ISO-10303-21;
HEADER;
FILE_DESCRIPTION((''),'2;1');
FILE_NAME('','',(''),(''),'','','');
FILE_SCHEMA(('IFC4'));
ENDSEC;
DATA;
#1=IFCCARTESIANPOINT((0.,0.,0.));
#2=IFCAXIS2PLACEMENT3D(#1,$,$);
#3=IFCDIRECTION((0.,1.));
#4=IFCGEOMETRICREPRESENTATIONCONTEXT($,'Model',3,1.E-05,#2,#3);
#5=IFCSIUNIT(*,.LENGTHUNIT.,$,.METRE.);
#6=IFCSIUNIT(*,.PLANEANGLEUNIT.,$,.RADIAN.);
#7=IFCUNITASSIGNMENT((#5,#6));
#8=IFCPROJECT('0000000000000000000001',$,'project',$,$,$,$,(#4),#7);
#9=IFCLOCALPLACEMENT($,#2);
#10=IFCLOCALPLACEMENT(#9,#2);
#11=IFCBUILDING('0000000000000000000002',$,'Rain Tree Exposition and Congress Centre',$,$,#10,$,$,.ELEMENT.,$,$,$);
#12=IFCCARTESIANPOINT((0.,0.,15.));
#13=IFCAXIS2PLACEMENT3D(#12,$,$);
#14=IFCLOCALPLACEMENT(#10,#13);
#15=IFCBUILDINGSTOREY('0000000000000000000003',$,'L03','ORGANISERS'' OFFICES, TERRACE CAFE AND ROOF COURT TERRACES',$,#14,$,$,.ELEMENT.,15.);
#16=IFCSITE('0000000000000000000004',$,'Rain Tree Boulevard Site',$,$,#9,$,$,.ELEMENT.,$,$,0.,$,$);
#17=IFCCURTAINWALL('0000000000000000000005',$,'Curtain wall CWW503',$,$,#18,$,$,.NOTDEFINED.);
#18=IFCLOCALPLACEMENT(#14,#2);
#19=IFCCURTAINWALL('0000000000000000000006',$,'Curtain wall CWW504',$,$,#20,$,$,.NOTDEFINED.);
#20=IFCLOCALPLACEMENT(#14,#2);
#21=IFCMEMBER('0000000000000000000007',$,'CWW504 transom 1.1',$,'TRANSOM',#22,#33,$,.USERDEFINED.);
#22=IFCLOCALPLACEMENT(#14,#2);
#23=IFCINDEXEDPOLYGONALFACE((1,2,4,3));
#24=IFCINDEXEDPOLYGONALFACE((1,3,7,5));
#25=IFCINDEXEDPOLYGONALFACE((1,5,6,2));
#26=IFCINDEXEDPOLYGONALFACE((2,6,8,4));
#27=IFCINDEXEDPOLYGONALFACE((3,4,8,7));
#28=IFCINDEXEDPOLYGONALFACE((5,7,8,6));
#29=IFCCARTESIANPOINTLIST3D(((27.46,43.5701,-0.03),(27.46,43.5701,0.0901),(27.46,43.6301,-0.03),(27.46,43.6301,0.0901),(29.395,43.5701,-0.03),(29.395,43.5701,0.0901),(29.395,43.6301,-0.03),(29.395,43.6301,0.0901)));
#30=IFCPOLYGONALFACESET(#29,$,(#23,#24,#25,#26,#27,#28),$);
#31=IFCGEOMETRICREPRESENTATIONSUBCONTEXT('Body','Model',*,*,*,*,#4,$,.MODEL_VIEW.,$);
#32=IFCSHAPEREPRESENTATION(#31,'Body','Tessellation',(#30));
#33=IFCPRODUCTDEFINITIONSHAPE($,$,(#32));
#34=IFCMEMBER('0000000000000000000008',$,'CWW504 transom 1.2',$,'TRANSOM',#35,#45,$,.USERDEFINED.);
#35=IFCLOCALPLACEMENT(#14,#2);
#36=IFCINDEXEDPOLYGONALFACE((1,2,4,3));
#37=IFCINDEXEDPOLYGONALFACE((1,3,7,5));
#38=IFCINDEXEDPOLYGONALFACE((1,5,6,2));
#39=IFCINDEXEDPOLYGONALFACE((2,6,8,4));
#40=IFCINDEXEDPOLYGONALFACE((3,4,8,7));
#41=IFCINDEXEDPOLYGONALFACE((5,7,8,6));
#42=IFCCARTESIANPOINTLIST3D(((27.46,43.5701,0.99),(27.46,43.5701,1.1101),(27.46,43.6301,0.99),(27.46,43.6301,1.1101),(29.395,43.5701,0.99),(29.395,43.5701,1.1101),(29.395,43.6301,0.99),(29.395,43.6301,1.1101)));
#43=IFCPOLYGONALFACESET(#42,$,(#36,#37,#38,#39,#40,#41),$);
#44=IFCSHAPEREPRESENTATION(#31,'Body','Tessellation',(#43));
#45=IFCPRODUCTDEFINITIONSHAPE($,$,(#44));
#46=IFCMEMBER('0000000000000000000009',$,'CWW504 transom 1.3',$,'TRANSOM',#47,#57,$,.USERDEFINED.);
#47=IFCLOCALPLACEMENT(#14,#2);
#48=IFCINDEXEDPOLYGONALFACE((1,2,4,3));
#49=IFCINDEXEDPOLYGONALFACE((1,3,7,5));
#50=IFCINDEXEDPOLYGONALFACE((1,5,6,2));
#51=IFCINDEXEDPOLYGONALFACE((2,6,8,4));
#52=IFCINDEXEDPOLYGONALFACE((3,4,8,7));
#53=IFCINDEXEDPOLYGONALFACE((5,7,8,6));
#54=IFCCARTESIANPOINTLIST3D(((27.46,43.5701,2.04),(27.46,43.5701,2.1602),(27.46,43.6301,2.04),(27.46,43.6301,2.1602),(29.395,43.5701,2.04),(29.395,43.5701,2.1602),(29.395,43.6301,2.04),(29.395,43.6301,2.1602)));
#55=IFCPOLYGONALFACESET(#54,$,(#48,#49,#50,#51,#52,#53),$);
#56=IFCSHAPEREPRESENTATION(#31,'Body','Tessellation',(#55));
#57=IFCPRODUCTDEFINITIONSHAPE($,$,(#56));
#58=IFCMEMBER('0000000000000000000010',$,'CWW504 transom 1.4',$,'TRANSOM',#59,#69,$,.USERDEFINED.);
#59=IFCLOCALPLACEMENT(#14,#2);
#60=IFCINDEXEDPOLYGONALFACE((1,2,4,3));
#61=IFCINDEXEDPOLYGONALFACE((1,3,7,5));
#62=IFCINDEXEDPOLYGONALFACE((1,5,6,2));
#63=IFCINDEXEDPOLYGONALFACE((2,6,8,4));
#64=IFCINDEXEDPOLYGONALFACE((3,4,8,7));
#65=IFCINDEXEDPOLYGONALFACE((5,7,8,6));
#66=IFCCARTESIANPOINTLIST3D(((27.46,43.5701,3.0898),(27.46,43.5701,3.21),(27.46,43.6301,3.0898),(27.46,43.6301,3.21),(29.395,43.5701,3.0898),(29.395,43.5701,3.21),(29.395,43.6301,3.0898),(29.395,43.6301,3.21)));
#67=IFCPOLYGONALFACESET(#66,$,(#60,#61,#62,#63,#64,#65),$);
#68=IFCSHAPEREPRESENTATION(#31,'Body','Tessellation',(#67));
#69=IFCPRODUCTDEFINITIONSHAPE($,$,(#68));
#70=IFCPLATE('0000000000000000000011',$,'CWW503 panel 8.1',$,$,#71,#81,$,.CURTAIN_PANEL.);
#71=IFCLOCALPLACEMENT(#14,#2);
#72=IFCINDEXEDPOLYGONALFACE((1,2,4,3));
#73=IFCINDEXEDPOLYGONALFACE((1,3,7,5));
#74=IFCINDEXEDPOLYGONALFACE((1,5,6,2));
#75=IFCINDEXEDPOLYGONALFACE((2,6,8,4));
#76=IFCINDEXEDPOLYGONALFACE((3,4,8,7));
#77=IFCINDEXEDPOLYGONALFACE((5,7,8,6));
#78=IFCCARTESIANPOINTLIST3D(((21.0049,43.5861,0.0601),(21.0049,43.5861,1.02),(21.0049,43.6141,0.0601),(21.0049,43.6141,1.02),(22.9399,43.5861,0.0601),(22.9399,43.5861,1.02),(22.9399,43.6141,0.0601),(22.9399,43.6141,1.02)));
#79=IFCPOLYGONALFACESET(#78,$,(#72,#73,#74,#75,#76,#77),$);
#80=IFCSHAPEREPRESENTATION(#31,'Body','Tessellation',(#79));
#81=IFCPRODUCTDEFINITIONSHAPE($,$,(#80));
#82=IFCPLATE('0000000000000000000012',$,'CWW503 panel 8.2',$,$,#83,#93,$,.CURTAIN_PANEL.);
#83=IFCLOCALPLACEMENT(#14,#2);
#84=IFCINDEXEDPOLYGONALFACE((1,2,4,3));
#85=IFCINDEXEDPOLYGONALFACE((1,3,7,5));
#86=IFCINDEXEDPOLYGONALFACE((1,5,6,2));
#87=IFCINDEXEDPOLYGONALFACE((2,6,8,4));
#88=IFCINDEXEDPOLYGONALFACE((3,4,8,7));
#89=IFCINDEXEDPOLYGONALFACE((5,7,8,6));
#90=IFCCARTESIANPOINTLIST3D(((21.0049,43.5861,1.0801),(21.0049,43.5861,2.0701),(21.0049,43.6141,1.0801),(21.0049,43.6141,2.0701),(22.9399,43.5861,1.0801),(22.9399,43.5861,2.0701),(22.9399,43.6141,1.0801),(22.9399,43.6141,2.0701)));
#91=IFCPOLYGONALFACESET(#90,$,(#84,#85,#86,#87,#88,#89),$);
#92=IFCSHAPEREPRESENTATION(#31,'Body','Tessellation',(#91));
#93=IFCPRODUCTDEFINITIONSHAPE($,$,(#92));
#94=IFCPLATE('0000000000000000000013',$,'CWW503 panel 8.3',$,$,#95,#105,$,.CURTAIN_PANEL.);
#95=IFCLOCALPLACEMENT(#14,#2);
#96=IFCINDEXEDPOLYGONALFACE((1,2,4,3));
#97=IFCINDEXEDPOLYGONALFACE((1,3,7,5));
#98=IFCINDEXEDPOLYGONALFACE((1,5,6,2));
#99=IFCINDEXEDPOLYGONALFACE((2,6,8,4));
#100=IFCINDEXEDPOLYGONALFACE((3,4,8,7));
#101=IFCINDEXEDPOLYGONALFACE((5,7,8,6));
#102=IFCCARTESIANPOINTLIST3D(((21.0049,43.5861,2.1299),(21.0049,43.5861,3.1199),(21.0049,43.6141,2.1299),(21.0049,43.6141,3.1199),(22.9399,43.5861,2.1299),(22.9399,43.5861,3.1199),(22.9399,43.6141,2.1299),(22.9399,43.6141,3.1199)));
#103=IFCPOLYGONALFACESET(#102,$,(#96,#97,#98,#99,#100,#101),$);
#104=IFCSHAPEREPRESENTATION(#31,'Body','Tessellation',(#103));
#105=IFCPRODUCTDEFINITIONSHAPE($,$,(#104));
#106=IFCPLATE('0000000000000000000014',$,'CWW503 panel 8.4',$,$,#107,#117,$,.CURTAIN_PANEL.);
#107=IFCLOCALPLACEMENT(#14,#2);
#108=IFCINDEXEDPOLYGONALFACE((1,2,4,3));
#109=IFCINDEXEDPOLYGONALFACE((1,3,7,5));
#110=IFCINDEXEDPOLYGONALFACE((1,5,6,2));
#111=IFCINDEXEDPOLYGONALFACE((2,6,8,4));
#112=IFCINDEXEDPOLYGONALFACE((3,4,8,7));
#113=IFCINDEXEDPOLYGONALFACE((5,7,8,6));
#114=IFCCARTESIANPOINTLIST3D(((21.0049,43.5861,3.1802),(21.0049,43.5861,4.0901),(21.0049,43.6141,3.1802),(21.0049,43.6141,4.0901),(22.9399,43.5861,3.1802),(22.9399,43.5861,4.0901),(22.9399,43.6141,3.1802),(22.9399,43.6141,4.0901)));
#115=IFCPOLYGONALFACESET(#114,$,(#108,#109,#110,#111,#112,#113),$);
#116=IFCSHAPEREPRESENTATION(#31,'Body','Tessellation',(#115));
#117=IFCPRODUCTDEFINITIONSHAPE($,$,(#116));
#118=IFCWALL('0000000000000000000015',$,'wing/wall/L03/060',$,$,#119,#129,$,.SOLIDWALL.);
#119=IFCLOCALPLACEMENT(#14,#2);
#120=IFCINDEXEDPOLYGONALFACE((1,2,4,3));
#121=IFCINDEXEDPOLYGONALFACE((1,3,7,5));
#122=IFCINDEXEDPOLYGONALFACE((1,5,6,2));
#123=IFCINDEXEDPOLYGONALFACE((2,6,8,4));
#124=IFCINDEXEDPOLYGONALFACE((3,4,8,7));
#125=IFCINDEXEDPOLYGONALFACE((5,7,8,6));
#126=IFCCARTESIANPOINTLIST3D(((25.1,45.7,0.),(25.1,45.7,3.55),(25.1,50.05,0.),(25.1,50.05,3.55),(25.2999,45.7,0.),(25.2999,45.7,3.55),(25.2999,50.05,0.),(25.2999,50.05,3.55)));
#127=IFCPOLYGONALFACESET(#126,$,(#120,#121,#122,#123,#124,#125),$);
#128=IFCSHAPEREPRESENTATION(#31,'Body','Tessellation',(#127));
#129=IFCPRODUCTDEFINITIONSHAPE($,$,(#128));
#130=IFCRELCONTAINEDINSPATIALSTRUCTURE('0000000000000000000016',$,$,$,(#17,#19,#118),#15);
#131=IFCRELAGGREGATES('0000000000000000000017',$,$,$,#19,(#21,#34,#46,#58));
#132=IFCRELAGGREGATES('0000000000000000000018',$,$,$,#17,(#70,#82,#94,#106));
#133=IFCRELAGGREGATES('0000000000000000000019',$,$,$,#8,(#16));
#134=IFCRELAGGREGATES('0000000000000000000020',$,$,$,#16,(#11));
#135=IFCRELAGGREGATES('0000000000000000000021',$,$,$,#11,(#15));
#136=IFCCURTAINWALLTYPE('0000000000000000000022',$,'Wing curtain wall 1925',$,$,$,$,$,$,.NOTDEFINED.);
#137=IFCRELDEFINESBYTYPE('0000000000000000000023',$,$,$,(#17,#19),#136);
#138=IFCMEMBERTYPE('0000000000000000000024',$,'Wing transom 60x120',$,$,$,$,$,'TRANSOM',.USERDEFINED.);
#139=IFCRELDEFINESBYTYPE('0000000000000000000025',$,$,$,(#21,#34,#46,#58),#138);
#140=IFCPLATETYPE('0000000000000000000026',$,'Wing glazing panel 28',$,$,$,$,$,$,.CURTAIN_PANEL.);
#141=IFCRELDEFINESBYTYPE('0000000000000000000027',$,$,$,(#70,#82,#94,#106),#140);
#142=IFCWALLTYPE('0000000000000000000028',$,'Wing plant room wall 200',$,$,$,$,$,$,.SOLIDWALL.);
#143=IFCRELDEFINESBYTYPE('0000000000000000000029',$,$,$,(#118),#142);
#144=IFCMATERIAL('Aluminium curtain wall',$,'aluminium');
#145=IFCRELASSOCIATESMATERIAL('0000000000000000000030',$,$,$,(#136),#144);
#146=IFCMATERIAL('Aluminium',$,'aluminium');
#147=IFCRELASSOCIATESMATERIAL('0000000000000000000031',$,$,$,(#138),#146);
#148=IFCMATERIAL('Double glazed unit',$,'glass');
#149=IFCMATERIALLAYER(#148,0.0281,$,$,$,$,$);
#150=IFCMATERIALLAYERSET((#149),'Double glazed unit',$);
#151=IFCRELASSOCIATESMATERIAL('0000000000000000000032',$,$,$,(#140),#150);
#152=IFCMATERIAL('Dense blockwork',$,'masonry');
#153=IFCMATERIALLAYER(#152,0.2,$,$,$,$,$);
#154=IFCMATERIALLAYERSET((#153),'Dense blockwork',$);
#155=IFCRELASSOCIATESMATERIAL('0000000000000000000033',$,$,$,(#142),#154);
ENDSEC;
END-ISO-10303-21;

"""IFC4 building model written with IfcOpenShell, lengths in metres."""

from ifc_helpers import new_model, si_unit, direction, frame, frame_2d, origin, origin_2d, place, context, subcontext, project, spatial, rectangle, extrude, material, layer, layer_set, material_profile, profile_set, type_object, element, aggregate, save


model = new_model("IFC4")

# Units and contexts
model_context = context("Model", 3, precision=1e-05, world=origin(), true_north=direction((0.0, 1.0)))
body_context = subcontext(model_context, "Body", "Model", "MODEL_VIEW")
ifc_project = project(units=[si_unit("LENGTHUNIT", "METRE"), si_unit("PLANEANGLEUNIT", "RADIAN")], contexts=[model_context])

# Site, building, storey
site_placement = place(None, origin())
site = spatial("IfcSite", under=ifc_project, at=site_placement, Name="Rain Tree Boulevard Site", CompositionType="ELEMENT", RefElevation=0.0)
building_placement = place(site_placement, origin())
building = spatial("IfcBuilding", under=site, at=building_placement, Name="Rain Tree Exposition and Congress Centre", CompositionType="ELEMENT")
storey_placement = place(building_placement, frame((0.0, 0.0, 15.0)))
storey = spatial("IfcBuildingStorey", under=building, at=storey_placement, Name="L03", Description="ORGANISERS' OFFICES, TERRACE CAFE AND ROOF COURT TERRACES", CompositionType="ELEMENT", Elevation=15.0)

# Curtain walls
ifc_material_1 = material(Name="Aluminium curtain wall", Category="aluminium")
curtain_wall_type = type_object("IfcCurtainWallType", Name="Wing curtain wall 1925", PredefinedType="NOTDEFINED", material=ifc_material_1)
curtain_wall_1_placement = place(storey_placement, origin())
curtain_wall_1 = element("IfcCurtainWall", 1, at=curtain_wall_1_placement, inside=storey, type_object=curtain_wall_type, Name="Curtain wall CWW503", PredefinedType="NOTDEFINED")
curtain_wall_2_placement = place(storey_placement, origin())
curtain_wall_2 = element("IfcCurtainWall", 2, at=curtain_wall_2_placement, inside=storey, type_object=curtain_wall_type, Name="Curtain wall CWW504", PredefinedType="NOTDEFINED")

# Shared definitions
ifc_material_2 = material(Name="Aluminium", Category="aluminium")
ifc_material_profile_1 = material_profile(ifc_material_2, rectangle(XDim=0.0601, YDim=0.1201, at=origin_2d()), Name="Aluminium 60x120")
ifc_profile_set_1 = profile_set([ifc_material_profile_1], Name="Aluminium")
member_type_1 = type_object("IfcMemberType", Name="Wing transom 60x120", ElementType="TRANSOM", PredefinedType="USERDEFINED", material=ifc_profile_set_1)

# Members
member_1_placement = place(storey_placement, frame((27.46, 43.6001, 0.03), z_axis=(1.0, 0.0, 0.0), x_axis=(0.0, 1.0, 0.0)))
member_1 = element("IfcMember", 3, at=member_1_placement, type_object=member_type_1, Name="CWW504 transom 1.1", ObjectType="TRANSOM", PredefinedType="USERDEFINED", context=body_context, shape_type="SweptSolid", body=[
    extrude(rectangle(XDim=0.0601, YDim=0.1201, at=origin_2d()), origin(), (0.0, 0.0, 1.0), 1.9351),
])
member_2_placement = place(storey_placement, frame((27.46, 43.6001, 1.05), z_axis=(1.0, 0.0, 0.0), x_axis=(0.0, 1.0, 0.0)))
member_2 = element("IfcMember", 4, at=member_2_placement, type_object=member_type_1, Name="CWW504 transom 1.2", ObjectType="TRANSOM", PredefinedType="USERDEFINED", context=body_context, shape_type="SweptSolid", body=[
    extrude(rectangle(XDim=0.0601, YDim=0.1201, at=origin_2d()), origin(), (0.0, 0.0, 1.0), 1.9351),
])
member_3_placement = place(storey_placement, frame((27.46, 43.6001, 2.1001), z_axis=(1.0, 0.0, 0.0), x_axis=(0.0, 1.0, 0.0)))
member_3 = element("IfcMember", 5, at=member_3_placement, type_object=member_type_1, Name="CWW504 transom 1.3", ObjectType="TRANSOM", PredefinedType="USERDEFINED", context=body_context, shape_type="SweptSolid", body=[
    extrude(rectangle(XDim=0.0601, YDim=0.1201, at=origin_2d()), origin(), (0.0, 0.0, 1.0), 1.9351),
])
member_4_placement = place(storey_placement, frame((27.46, 43.6001, 3.1499), z_axis=(1.0, 0.0, 0.0), x_axis=(0.0, 1.0, 0.0)))
member_4 = element("IfcMember", 6, at=member_4_placement, type_object=member_type_1, Name="CWW504 transom 1.4", ObjectType="TRANSOM", PredefinedType="USERDEFINED", context=body_context, shape_type="SweptSolid", body=[
    extrude(rectangle(XDim=0.0601, YDim=0.1201, at=origin_2d()), origin(), (0.0, 0.0, 1.0), 1.9351),
])
aggregate(curtain_wall_2, [member_1, member_2, member_3, member_4])

# Plates
ifc_material_3 = material(Name="Double glazed unit", Category="glass")
ifc_layer_1 = layer(ifc_material_3, 0.0281)
ifc_layer_set_1 = layer_set([ifc_layer_1], Name="Double glazed unit")
plate_type = type_object("IfcPlateType", Name="Wing glazing panel 28", PredefinedType="CURTAIN_PANEL", material=ifc_layer_set_1)
plate_1_placement = place(storey_placement, frame((21.9724, 43.6001, 0.0601), z_axis=(0.0, 0.0, 1.0), x_axis=(1.0, 0.0, 0.0)))
plate_1 = element("IfcPlate", 7, at=plate_1_placement, type_object=plate_type, Name="CWW503 panel 8.1", PredefinedType="CURTAIN_PANEL", context=body_context, shape_type="SweptSolid", body=[
    extrude(rectangle(XDim=1.9351, YDim=0.0281, at=origin_2d()), origin(), (0.0, 0.0, 1.0), 0.96),
])
plate_2_placement = place(storey_placement, frame((21.9724, 43.6001, 1.0801), z_axis=(0.0, 0.0, 1.0), x_axis=(1.0, 0.0, 0.0)))
plate_2 = element("IfcPlate", 8, at=plate_2_placement, type_object=plate_type, Name="CWW503 panel 8.2", PredefinedType="CURTAIN_PANEL", context=body_context, shape_type="SweptSolid", body=[
    extrude(rectangle(XDim=1.9351, YDim=0.0281, at=origin_2d()), origin(), (0.0, 0.0, 1.0), 0.99),
])
plate_3_placement = place(storey_placement, frame((21.9724, 43.6001, 2.1299), z_axis=(0.0, 0.0, 1.0), x_axis=(1.0, 0.0, 0.0)))
plate_3 = element("IfcPlate", 9, at=plate_3_placement, type_object=plate_type, Name="CWW503 panel 8.3", PredefinedType="CURTAIN_PANEL", context=body_context, shape_type="SweptSolid", body=[
    extrude(rectangle(XDim=1.9351, YDim=0.0281, at=origin_2d()), origin(), (0.0, 0.0, 1.0), 0.99),
])
plate_4_placement = place(storey_placement, frame((21.9724, 43.6001, 3.1802), z_axis=(0.0, 0.0, 1.0), x_axis=(1.0, 0.0, 0.0)))
plate_4 = element("IfcPlate", 10, at=plate_4_placement, type_object=plate_type, Name="CWW503 panel 8.4", PredefinedType="CURTAIN_PANEL", context=body_context, shape_type="SweptSolid", body=[
    extrude(rectangle(XDim=1.9351, YDim=0.0281, at=origin_2d()), origin(), (0.0, 0.0, 1.0), 0.9099),
])
aggregate(curtain_wall_1, [plate_1, plate_2, plate_3, plate_4])

# Shared definitions
ifc_material_4 = material(Name="Dense blockwork", Category="masonry")
ifc_layer_2 = layer(ifc_material_4, 0.2)
ifc_layer_set_2 = layer_set([ifc_layer_2], Name="Dense blockwork")
wall_type_1 = type_object("IfcWallType", Name="Wing plant room wall 200", PredefinedType="SOLIDWALL", material=ifc_layer_set_2)

# Wall
wall_1_placement = place(storey_placement, frame((25.2, 45.7, 0.0), z_axis=(0.0, 0.0, 1.0), x_axis=(0.0, 1.0, 0.0)))
element("IfcWall", 11, at=wall_1_placement, inside=storey, type_object=wall_type_1, Name="wing/wall/L03/060", PredefinedType="SOLIDWALL", context=body_context, shape_type="SweptSolid", body=[
    extrude(rectangle(XDim=4.3501, YDim=0.2, at=frame_2d((2.175, 0.0))), origin(), (0.0, 0.0, 1.0), 3.55),
])

save(model, "model.ifc")
